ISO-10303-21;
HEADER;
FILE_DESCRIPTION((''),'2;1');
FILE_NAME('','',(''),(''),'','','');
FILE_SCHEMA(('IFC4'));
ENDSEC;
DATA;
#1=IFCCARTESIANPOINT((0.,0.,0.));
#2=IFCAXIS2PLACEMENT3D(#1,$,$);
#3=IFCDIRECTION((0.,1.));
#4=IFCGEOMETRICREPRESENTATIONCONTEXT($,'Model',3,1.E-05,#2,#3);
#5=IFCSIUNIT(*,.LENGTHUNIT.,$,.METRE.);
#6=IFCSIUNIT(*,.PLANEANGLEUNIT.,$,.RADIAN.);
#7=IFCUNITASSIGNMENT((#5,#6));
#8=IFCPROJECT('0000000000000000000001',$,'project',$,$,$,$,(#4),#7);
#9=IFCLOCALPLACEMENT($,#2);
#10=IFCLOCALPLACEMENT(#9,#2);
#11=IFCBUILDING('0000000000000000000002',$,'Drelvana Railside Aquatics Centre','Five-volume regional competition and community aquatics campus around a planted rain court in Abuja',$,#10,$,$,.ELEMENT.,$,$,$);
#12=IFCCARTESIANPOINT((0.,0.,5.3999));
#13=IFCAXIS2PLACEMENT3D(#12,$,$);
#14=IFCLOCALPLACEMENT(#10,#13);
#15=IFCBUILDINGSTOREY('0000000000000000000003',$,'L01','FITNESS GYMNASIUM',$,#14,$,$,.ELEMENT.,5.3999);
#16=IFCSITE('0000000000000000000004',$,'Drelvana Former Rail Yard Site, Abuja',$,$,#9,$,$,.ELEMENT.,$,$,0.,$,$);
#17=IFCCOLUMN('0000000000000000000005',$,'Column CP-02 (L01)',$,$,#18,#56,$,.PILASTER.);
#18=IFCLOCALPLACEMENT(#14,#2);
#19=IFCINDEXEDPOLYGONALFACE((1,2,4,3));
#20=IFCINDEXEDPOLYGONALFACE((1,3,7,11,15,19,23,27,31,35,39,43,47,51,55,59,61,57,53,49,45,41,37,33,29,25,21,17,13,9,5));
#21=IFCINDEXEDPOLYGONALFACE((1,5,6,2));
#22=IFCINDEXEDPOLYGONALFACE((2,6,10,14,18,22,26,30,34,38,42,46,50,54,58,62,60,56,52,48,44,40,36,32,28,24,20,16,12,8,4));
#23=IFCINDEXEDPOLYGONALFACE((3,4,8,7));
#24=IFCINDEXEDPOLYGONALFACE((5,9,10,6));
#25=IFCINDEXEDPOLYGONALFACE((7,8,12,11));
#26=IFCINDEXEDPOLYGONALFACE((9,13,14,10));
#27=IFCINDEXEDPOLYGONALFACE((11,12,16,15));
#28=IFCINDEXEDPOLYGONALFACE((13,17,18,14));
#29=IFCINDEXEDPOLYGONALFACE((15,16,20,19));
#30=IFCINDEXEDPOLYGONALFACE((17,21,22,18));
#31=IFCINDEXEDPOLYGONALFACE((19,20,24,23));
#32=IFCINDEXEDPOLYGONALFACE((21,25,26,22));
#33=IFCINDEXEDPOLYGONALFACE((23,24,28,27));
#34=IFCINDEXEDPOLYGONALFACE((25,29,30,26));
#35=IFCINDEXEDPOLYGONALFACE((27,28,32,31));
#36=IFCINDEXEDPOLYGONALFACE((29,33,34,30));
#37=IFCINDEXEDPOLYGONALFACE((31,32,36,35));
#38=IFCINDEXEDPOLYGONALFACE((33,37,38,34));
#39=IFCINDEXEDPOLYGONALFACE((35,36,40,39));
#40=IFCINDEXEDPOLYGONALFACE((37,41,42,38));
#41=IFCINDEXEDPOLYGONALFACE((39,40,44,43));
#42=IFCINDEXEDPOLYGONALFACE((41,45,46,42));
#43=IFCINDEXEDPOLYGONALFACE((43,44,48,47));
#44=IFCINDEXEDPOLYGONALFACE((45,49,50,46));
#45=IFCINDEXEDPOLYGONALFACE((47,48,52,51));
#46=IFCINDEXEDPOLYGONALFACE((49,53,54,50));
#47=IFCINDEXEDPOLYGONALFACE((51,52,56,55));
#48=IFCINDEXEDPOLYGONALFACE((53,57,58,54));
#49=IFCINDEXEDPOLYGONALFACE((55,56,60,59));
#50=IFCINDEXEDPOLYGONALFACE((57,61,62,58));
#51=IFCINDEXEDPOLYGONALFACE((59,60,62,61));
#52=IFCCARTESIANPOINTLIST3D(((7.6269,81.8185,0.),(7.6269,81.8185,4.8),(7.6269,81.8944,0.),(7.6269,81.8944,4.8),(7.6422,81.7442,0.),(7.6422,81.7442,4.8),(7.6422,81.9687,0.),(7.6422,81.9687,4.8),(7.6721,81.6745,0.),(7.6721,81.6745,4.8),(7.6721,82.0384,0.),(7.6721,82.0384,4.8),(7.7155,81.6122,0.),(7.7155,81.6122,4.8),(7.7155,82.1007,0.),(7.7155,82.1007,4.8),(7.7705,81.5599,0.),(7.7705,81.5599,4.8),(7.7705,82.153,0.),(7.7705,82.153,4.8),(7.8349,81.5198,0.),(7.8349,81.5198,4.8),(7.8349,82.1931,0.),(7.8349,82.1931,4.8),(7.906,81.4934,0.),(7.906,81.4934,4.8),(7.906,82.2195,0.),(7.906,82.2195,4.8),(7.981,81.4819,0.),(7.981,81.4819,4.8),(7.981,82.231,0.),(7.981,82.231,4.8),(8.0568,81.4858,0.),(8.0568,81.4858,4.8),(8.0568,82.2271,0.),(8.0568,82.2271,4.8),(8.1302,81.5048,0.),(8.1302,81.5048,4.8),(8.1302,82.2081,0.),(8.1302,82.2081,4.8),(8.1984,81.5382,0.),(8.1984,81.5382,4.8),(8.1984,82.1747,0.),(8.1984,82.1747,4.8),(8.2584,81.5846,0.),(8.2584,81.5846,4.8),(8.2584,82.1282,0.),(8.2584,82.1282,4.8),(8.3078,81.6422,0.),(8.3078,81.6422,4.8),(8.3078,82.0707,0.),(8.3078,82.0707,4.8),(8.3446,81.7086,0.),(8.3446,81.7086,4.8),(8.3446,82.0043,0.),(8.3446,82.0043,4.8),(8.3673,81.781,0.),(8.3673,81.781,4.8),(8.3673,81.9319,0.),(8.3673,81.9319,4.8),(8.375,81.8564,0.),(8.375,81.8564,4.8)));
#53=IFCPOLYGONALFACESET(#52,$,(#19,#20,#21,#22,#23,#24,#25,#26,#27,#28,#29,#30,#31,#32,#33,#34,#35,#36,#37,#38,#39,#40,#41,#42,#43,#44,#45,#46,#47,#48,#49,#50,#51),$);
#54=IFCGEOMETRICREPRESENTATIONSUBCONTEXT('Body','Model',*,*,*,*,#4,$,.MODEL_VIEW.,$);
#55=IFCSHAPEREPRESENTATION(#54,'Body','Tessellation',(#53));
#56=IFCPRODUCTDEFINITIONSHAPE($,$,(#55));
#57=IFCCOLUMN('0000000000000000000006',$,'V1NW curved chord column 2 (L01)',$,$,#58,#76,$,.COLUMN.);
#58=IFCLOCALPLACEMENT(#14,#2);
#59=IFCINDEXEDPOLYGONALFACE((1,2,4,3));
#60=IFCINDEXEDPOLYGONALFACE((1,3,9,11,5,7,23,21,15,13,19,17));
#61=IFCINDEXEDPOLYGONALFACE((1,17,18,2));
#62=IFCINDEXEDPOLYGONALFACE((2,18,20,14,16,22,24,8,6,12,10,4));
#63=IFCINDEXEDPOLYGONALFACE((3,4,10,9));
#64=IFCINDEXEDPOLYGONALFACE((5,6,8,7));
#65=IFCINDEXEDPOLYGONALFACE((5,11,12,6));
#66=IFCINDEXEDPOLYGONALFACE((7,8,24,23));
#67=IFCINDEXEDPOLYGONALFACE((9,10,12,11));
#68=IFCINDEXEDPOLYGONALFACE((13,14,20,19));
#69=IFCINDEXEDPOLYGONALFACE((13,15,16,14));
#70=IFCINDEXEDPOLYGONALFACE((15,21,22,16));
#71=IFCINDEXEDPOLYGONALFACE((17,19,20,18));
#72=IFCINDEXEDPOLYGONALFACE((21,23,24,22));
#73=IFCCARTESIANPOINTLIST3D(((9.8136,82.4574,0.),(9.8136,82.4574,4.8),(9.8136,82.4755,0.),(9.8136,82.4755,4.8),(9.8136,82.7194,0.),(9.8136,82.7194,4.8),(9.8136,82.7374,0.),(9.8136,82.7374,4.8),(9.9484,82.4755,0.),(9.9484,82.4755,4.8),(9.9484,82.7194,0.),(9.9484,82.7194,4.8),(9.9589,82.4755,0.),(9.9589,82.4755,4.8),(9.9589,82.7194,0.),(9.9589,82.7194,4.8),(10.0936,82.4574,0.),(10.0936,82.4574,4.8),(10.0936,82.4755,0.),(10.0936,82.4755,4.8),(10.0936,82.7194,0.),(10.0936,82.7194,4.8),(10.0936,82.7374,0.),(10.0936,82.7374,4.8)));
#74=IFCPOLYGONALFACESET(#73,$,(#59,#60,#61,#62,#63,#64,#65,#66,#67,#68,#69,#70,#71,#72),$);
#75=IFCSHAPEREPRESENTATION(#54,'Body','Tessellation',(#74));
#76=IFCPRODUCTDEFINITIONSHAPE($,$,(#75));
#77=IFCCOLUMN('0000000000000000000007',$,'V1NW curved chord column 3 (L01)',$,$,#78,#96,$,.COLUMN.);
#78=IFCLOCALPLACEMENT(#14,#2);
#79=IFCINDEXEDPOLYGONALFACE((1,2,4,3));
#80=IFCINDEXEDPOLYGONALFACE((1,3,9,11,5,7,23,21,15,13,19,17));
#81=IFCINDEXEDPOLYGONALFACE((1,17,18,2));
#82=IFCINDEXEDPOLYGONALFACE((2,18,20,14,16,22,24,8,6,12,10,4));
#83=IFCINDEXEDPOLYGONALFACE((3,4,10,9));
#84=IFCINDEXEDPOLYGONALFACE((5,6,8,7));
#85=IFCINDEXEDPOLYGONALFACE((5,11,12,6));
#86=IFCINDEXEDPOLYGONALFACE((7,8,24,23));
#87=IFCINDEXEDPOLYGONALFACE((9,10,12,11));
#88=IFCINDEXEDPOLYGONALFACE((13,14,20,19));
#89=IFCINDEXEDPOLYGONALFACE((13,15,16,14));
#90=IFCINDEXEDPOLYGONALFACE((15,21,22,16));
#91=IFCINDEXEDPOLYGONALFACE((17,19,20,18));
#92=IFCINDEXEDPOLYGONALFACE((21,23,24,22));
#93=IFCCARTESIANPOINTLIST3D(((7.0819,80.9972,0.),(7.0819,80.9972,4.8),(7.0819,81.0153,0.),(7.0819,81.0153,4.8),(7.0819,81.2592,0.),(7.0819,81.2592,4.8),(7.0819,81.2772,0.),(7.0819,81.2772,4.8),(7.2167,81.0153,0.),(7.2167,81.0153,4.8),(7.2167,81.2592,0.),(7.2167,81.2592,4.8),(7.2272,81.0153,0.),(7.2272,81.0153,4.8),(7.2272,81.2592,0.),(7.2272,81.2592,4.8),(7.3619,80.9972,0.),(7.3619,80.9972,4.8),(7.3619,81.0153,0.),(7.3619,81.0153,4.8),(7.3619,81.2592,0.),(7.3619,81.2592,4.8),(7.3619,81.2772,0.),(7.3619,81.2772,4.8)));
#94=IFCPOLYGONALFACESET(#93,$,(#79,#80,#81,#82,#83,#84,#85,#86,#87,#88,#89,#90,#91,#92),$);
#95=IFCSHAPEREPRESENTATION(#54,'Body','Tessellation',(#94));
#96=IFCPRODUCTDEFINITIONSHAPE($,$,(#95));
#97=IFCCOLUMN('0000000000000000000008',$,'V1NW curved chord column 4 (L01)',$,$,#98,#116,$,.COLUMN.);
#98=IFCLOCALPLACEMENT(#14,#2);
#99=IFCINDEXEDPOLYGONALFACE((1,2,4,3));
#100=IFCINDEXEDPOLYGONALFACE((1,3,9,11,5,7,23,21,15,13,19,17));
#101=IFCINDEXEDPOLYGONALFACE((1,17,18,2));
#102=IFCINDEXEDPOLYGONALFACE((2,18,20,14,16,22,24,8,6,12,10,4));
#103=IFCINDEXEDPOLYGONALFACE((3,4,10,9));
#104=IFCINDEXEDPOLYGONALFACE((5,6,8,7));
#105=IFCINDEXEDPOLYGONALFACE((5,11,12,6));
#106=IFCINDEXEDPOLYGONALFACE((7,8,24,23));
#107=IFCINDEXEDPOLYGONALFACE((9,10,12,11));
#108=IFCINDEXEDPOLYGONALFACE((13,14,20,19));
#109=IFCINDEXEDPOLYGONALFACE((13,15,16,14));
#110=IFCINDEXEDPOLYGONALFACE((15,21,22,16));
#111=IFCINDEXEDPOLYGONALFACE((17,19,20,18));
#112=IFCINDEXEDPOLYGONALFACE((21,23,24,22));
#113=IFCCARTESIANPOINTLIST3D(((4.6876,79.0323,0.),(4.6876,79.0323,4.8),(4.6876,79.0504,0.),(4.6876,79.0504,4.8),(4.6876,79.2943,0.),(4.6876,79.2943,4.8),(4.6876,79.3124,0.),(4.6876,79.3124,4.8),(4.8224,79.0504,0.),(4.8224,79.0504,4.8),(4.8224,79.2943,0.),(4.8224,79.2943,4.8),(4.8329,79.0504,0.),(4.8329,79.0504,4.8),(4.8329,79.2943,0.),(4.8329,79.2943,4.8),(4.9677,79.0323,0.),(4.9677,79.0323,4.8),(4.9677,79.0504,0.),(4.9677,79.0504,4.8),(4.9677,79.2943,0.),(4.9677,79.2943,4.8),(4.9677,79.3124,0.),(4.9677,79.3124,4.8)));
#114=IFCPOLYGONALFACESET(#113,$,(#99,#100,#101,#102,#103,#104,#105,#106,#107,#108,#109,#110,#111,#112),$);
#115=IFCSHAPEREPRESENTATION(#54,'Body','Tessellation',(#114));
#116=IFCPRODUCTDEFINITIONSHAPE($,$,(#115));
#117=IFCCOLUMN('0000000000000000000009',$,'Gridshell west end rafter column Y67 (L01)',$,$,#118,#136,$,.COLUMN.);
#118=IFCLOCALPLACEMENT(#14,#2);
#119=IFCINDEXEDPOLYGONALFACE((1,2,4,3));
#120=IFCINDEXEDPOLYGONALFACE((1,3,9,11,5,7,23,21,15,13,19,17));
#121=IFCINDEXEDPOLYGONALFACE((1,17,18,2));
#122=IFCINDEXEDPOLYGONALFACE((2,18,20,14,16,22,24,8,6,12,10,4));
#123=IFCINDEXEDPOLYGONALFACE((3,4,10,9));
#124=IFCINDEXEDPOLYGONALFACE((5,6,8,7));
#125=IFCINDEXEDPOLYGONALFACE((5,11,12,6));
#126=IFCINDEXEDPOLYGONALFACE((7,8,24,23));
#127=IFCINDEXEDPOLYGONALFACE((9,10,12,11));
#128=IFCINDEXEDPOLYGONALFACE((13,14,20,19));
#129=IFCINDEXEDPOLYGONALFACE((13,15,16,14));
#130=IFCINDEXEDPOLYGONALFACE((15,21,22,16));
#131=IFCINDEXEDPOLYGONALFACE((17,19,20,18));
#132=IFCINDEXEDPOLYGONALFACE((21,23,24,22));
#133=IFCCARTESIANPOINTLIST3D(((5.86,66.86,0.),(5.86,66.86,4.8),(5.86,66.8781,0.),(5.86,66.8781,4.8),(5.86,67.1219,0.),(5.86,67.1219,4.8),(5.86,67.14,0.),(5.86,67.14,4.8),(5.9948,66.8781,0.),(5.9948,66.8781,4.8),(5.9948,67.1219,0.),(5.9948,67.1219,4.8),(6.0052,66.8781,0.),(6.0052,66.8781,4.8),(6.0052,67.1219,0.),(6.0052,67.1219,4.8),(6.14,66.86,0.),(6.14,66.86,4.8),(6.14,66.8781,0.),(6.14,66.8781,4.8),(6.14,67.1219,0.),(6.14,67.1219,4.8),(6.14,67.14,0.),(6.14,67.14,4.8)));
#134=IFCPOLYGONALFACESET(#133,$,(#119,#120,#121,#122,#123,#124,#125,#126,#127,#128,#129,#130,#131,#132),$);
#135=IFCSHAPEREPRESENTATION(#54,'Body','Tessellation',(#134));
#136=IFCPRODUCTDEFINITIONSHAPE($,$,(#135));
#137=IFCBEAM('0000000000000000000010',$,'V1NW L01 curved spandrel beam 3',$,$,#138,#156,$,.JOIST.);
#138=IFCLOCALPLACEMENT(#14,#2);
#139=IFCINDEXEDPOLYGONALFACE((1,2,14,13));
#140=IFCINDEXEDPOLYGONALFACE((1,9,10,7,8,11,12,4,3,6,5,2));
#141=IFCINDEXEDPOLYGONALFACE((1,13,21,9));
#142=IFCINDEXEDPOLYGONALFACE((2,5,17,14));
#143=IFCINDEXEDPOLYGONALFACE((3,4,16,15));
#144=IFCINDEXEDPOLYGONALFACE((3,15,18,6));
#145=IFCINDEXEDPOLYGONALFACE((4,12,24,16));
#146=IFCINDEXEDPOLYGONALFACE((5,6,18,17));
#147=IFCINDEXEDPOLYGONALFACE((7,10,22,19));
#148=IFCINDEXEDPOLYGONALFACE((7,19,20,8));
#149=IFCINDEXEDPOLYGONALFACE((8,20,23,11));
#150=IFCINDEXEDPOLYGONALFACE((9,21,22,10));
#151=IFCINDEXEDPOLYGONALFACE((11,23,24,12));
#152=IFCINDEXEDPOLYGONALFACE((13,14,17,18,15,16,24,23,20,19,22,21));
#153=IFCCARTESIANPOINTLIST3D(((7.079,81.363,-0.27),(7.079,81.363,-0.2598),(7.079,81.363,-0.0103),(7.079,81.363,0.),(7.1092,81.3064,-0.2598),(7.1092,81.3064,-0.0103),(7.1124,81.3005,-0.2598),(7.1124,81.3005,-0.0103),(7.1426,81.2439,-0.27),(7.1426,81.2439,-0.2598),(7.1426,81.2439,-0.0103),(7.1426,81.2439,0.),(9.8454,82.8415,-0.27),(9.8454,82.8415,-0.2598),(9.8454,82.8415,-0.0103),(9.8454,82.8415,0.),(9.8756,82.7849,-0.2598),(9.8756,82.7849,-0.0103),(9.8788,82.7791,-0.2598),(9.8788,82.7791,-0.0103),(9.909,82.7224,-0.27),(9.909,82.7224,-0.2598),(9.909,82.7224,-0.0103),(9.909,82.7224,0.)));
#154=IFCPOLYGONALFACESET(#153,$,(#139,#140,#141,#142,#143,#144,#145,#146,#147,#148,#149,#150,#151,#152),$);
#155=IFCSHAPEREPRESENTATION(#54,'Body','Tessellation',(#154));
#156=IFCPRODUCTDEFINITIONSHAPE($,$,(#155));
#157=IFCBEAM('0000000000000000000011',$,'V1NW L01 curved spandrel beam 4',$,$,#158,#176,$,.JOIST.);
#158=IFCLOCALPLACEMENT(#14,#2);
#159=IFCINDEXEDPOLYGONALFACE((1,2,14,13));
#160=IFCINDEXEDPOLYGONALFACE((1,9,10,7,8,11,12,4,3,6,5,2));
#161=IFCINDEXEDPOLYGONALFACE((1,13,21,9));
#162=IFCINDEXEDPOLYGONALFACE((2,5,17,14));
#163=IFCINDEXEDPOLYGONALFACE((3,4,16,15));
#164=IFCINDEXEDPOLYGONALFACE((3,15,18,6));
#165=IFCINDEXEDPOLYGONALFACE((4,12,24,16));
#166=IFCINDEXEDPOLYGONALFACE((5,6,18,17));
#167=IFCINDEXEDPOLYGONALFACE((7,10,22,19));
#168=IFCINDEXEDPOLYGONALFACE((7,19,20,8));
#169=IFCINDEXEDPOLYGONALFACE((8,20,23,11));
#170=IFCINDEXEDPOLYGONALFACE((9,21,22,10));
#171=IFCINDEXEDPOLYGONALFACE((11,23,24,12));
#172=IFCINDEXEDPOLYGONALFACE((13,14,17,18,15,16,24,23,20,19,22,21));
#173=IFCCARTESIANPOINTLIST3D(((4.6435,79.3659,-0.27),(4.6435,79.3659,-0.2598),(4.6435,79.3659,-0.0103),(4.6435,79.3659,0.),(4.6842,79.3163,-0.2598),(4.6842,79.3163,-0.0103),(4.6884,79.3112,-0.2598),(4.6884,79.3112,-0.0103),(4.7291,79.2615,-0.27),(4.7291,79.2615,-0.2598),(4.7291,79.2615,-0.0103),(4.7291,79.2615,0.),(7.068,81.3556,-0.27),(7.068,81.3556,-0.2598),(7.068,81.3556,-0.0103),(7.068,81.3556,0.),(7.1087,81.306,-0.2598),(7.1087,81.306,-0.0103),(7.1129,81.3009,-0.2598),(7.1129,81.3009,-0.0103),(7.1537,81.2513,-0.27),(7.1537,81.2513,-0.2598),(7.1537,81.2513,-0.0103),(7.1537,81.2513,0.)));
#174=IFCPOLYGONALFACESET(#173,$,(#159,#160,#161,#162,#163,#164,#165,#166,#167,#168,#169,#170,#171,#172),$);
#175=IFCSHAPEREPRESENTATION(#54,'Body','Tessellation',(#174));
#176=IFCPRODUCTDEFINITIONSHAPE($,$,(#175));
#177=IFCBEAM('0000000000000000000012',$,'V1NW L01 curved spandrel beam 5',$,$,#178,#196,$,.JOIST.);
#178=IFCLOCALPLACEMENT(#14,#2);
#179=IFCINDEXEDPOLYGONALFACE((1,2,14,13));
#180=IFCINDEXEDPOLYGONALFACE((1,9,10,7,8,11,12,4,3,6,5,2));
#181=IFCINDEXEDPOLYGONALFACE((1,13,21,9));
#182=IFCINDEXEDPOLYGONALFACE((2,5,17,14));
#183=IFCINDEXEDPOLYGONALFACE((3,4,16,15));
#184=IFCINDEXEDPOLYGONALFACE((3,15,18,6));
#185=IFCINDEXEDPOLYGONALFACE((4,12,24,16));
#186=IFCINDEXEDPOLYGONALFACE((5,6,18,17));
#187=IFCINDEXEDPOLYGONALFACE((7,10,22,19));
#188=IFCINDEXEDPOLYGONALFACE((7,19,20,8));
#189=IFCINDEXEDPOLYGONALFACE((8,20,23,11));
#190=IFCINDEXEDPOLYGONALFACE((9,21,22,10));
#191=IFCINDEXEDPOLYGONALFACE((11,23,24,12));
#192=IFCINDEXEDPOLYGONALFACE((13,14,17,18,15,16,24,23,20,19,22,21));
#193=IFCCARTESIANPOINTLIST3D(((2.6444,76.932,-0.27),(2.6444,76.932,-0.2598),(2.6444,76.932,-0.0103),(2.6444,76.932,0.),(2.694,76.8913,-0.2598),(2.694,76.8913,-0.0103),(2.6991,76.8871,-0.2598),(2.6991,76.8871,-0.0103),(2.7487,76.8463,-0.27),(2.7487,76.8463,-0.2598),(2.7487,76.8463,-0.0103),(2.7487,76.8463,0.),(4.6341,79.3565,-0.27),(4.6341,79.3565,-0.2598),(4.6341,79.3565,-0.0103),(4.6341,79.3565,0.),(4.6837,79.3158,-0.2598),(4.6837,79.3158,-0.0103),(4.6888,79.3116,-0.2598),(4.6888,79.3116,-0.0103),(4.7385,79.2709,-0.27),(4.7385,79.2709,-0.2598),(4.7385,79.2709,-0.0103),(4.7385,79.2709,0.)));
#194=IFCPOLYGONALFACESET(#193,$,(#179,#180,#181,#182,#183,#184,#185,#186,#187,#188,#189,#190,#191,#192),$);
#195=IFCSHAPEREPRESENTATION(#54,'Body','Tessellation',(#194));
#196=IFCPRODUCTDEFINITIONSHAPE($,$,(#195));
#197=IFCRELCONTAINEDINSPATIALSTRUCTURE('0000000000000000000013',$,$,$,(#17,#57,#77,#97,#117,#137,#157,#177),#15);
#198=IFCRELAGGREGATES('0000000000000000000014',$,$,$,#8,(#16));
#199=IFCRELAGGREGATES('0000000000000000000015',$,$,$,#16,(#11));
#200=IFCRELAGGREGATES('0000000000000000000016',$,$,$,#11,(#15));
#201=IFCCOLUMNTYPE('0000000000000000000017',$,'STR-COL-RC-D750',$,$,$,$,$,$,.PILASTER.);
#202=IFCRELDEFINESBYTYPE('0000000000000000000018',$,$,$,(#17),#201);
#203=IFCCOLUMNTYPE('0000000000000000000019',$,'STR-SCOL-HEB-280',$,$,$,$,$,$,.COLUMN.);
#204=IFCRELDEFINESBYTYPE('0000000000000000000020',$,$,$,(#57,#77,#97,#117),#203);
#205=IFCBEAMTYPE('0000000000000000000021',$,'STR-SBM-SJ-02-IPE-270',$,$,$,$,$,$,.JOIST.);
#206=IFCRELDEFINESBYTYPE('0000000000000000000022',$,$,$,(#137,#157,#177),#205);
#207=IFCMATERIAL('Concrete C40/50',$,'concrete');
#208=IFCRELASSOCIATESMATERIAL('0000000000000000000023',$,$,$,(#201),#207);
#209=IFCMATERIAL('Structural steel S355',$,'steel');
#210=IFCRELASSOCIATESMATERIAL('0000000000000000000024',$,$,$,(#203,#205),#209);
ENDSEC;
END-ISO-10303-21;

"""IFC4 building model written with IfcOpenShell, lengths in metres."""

from ifc_helpers import new_model, si_unit, direction, frame, origin, origin_2d, place, context, subcontext, project, spatial, circle, i_section, extrude, material, material_profile, profile_set, type_object, element, save


model = new_model("IFC4")

# Units and contexts
model_context = context("Model", 3, precision=1e-05, world=origin(), true_north=direction((0.0, 1.0)))
body_context = subcontext(model_context, "Body", "Model", "MODEL_VIEW")
ifc_project = project(units=[si_unit("LENGTHUNIT", "METRE"), si_unit("PLANEANGLEUNIT", "RADIAN")], contexts=[model_context])

# Site, building, storey
site_placement = place(None, origin())
site = spatial("IfcSite", under=ifc_project, at=site_placement, Name="Drelvana Former Rail Yard Site, Abuja", CompositionType="ELEMENT", RefElevation=0.0)
building_placement = place(site_placement, origin())
building = spatial("IfcBuilding", under=site, at=building_placement, Name="Drelvana Railside Aquatics Centre", Description="Five-volume regional competition and community aquatics campus around a planted rain court in Abuja", CompositionType="ELEMENT")
storey_placement = place(building_placement, frame((0.0, 0.0, 5.3999)))
storey = spatial("IfcBuildingStorey", under=building, at=storey_placement, Name="L01", Description="FITNESS GYMNASIUM", CompositionType="ELEMENT", Elevation=5.3999)

# Columns
ifc_material_1 = material(Name="Concrete C40/50", Category="concrete")
ifc_material_profile_1 = material_profile(ifc_material_1, circle(Radius=0.375, at=origin_2d()), Name="RC D750")
ifc_profile_set_1 = profile_set([ifc_material_profile_1], Name="Concrete C40/50")
column_type_1 = type_object("IfcColumnType", Name="STR-COL-RC-D750", PredefinedType="PILASTER", material=ifc_profile_set_1)
column_placement = place(storey_placement, frame((8.0, 81.8564, 0.0), z_axis=(0.0, 0.0, 1.0), x_axis=(1.0, 0.0, 0.0)))
element("IfcColumn", 1, at=column_placement, inside=storey, type_object=column_type_1, Name="Column CP-02 (L01)", PredefinedType="PILASTER", context=body_context, shape_type="SweptSolid", body=[
    extrude(circle(Radius=0.375, at=origin_2d()), origin(), (0.0, 0.0, 1.0), 4.8),
])
ifc_material_2 = material(Name="Structural steel S355", Category="steel")
ifc_material_profile_2 = material_profile(ifc_material_2, i_section(OverallWidth=0.28, OverallDepth=0.28, WebThickness=0.0105, FlangeThickness=0.0181, at=origin_2d()), Name="HEB 280")
ifc_profile_set_2 = profile_set([ifc_material_profile_2], Name="Structural steel S355")
column_type_2 = type_object("IfcColumnType", Name="STR-SCOL-HEB-280", PredefinedType="COLUMN", material=ifc_profile_set_2)
for number, where, z_axis, x_axis, name in (
    (2, (9.9536, 82.5974, 0.0), (0.0, 0.0, 1.0), (1.0, 0.0, 0.0), "V1NW curved chord column 2 (L01)"),
    (3, (7.2219, 81.1372, 0.0), (0.0, 0.0, 1.0), (1.0, 0.0, 0.0), "V1NW curved chord column 3 (L01)"),
    (4, (4.8276, 79.1724, 0.0), (0.0, 0.0, 1.0), (1.0, 0.0, 0.0), "V1NW curved chord column 4 (L01)"),
    (5, (6.0, 67.0, 0.0), (0.0, 0.0, 1.0), (1.0, 0.0, 0.0), "Gridshell west end rafter column Y67 (L01)"),
):
    element("IfcColumn", number, at=place(storey_placement, frame(where, z_axis=z_axis, x_axis=x_axis)), inside=storey, type_object=column_type_2, Name=name, PredefinedType="COLUMN", context=body_context, shape_type="SweptSolid", body=[
        extrude(i_section(OverallWidth=0.28, OverallDepth=0.28, WebThickness=0.0105, FlangeThickness=0.0181, at=origin_2d()), origin(), (0.0, 0.0, 1.0), 4.8),
    ])

# Beams
ifc_material_profile_3 = material_profile(ifc_material_2, i_section(OverallWidth=0.135, OverallDepth=0.27, WebThickness=0.0066, FlangeThickness=0.0103, at=origin_2d()), Name="IPE 270")
ifc_profile_set_3 = profile_set([ifc_material_profile_3], Name="Structural steel S355")
beam_type = type_object("IfcBeamType", Name="STR-SBM-SJ-02-IPE-270", PredefinedType="JOIST", material=ifc_profile_set_3)
beam_placement = place(storey_placement, frame((9.8772, 82.782, -0.135), z_axis=(-0.881939, -0.471364, 0.0), x_axis=(0.471364, -0.881939, 0.0)))
element("IfcBeam", 6, at=beam_placement, inside=storey, type_object=beam_type, Name="V1NW L01 curved spandrel beam 3", PredefinedType="JOIST", context=body_context, shape_type="SweptSolid", body=[
    extrude(i_section(OverallWidth=0.135, OverallDepth=0.27, WebThickness=0.0066, FlangeThickness=0.0103, at=origin_2d()), origin(), (0.0, 0.0, 1.0), 3.1367),
])
for number, where, z_axis, x_axis, name in (
    (7, (7.1108, 81.3035, -0.135), (-0.773017, -0.634386, 0.0), (0.634386, -0.773017, 0.0), "V1NW L01 curved spandrel beam 4"),
    (8, (4.6863, 79.3137, -0.135), (-0.634386, -0.773017, 0.0), (0.773017, -0.634386, 0.0), "V1NW L01 curved spandrel beam 5"),
):
    element("IfcBeam", number, at=place(storey_placement, frame(where, z_axis=z_axis, x_axis=x_axis)), inside=storey, type_object=beam_type, Name=name, PredefinedType="JOIST", context=body_context, shape_type="SweptSolid", body=[
        extrude(i_section(OverallWidth=0.135, OverallDepth=0.27, WebThickness=0.0066, FlangeThickness=0.0103, at=origin_2d()), origin(), (0.0, 0.0, 1.0), 3.1365),
    ])

save(model, "model.ifc")
